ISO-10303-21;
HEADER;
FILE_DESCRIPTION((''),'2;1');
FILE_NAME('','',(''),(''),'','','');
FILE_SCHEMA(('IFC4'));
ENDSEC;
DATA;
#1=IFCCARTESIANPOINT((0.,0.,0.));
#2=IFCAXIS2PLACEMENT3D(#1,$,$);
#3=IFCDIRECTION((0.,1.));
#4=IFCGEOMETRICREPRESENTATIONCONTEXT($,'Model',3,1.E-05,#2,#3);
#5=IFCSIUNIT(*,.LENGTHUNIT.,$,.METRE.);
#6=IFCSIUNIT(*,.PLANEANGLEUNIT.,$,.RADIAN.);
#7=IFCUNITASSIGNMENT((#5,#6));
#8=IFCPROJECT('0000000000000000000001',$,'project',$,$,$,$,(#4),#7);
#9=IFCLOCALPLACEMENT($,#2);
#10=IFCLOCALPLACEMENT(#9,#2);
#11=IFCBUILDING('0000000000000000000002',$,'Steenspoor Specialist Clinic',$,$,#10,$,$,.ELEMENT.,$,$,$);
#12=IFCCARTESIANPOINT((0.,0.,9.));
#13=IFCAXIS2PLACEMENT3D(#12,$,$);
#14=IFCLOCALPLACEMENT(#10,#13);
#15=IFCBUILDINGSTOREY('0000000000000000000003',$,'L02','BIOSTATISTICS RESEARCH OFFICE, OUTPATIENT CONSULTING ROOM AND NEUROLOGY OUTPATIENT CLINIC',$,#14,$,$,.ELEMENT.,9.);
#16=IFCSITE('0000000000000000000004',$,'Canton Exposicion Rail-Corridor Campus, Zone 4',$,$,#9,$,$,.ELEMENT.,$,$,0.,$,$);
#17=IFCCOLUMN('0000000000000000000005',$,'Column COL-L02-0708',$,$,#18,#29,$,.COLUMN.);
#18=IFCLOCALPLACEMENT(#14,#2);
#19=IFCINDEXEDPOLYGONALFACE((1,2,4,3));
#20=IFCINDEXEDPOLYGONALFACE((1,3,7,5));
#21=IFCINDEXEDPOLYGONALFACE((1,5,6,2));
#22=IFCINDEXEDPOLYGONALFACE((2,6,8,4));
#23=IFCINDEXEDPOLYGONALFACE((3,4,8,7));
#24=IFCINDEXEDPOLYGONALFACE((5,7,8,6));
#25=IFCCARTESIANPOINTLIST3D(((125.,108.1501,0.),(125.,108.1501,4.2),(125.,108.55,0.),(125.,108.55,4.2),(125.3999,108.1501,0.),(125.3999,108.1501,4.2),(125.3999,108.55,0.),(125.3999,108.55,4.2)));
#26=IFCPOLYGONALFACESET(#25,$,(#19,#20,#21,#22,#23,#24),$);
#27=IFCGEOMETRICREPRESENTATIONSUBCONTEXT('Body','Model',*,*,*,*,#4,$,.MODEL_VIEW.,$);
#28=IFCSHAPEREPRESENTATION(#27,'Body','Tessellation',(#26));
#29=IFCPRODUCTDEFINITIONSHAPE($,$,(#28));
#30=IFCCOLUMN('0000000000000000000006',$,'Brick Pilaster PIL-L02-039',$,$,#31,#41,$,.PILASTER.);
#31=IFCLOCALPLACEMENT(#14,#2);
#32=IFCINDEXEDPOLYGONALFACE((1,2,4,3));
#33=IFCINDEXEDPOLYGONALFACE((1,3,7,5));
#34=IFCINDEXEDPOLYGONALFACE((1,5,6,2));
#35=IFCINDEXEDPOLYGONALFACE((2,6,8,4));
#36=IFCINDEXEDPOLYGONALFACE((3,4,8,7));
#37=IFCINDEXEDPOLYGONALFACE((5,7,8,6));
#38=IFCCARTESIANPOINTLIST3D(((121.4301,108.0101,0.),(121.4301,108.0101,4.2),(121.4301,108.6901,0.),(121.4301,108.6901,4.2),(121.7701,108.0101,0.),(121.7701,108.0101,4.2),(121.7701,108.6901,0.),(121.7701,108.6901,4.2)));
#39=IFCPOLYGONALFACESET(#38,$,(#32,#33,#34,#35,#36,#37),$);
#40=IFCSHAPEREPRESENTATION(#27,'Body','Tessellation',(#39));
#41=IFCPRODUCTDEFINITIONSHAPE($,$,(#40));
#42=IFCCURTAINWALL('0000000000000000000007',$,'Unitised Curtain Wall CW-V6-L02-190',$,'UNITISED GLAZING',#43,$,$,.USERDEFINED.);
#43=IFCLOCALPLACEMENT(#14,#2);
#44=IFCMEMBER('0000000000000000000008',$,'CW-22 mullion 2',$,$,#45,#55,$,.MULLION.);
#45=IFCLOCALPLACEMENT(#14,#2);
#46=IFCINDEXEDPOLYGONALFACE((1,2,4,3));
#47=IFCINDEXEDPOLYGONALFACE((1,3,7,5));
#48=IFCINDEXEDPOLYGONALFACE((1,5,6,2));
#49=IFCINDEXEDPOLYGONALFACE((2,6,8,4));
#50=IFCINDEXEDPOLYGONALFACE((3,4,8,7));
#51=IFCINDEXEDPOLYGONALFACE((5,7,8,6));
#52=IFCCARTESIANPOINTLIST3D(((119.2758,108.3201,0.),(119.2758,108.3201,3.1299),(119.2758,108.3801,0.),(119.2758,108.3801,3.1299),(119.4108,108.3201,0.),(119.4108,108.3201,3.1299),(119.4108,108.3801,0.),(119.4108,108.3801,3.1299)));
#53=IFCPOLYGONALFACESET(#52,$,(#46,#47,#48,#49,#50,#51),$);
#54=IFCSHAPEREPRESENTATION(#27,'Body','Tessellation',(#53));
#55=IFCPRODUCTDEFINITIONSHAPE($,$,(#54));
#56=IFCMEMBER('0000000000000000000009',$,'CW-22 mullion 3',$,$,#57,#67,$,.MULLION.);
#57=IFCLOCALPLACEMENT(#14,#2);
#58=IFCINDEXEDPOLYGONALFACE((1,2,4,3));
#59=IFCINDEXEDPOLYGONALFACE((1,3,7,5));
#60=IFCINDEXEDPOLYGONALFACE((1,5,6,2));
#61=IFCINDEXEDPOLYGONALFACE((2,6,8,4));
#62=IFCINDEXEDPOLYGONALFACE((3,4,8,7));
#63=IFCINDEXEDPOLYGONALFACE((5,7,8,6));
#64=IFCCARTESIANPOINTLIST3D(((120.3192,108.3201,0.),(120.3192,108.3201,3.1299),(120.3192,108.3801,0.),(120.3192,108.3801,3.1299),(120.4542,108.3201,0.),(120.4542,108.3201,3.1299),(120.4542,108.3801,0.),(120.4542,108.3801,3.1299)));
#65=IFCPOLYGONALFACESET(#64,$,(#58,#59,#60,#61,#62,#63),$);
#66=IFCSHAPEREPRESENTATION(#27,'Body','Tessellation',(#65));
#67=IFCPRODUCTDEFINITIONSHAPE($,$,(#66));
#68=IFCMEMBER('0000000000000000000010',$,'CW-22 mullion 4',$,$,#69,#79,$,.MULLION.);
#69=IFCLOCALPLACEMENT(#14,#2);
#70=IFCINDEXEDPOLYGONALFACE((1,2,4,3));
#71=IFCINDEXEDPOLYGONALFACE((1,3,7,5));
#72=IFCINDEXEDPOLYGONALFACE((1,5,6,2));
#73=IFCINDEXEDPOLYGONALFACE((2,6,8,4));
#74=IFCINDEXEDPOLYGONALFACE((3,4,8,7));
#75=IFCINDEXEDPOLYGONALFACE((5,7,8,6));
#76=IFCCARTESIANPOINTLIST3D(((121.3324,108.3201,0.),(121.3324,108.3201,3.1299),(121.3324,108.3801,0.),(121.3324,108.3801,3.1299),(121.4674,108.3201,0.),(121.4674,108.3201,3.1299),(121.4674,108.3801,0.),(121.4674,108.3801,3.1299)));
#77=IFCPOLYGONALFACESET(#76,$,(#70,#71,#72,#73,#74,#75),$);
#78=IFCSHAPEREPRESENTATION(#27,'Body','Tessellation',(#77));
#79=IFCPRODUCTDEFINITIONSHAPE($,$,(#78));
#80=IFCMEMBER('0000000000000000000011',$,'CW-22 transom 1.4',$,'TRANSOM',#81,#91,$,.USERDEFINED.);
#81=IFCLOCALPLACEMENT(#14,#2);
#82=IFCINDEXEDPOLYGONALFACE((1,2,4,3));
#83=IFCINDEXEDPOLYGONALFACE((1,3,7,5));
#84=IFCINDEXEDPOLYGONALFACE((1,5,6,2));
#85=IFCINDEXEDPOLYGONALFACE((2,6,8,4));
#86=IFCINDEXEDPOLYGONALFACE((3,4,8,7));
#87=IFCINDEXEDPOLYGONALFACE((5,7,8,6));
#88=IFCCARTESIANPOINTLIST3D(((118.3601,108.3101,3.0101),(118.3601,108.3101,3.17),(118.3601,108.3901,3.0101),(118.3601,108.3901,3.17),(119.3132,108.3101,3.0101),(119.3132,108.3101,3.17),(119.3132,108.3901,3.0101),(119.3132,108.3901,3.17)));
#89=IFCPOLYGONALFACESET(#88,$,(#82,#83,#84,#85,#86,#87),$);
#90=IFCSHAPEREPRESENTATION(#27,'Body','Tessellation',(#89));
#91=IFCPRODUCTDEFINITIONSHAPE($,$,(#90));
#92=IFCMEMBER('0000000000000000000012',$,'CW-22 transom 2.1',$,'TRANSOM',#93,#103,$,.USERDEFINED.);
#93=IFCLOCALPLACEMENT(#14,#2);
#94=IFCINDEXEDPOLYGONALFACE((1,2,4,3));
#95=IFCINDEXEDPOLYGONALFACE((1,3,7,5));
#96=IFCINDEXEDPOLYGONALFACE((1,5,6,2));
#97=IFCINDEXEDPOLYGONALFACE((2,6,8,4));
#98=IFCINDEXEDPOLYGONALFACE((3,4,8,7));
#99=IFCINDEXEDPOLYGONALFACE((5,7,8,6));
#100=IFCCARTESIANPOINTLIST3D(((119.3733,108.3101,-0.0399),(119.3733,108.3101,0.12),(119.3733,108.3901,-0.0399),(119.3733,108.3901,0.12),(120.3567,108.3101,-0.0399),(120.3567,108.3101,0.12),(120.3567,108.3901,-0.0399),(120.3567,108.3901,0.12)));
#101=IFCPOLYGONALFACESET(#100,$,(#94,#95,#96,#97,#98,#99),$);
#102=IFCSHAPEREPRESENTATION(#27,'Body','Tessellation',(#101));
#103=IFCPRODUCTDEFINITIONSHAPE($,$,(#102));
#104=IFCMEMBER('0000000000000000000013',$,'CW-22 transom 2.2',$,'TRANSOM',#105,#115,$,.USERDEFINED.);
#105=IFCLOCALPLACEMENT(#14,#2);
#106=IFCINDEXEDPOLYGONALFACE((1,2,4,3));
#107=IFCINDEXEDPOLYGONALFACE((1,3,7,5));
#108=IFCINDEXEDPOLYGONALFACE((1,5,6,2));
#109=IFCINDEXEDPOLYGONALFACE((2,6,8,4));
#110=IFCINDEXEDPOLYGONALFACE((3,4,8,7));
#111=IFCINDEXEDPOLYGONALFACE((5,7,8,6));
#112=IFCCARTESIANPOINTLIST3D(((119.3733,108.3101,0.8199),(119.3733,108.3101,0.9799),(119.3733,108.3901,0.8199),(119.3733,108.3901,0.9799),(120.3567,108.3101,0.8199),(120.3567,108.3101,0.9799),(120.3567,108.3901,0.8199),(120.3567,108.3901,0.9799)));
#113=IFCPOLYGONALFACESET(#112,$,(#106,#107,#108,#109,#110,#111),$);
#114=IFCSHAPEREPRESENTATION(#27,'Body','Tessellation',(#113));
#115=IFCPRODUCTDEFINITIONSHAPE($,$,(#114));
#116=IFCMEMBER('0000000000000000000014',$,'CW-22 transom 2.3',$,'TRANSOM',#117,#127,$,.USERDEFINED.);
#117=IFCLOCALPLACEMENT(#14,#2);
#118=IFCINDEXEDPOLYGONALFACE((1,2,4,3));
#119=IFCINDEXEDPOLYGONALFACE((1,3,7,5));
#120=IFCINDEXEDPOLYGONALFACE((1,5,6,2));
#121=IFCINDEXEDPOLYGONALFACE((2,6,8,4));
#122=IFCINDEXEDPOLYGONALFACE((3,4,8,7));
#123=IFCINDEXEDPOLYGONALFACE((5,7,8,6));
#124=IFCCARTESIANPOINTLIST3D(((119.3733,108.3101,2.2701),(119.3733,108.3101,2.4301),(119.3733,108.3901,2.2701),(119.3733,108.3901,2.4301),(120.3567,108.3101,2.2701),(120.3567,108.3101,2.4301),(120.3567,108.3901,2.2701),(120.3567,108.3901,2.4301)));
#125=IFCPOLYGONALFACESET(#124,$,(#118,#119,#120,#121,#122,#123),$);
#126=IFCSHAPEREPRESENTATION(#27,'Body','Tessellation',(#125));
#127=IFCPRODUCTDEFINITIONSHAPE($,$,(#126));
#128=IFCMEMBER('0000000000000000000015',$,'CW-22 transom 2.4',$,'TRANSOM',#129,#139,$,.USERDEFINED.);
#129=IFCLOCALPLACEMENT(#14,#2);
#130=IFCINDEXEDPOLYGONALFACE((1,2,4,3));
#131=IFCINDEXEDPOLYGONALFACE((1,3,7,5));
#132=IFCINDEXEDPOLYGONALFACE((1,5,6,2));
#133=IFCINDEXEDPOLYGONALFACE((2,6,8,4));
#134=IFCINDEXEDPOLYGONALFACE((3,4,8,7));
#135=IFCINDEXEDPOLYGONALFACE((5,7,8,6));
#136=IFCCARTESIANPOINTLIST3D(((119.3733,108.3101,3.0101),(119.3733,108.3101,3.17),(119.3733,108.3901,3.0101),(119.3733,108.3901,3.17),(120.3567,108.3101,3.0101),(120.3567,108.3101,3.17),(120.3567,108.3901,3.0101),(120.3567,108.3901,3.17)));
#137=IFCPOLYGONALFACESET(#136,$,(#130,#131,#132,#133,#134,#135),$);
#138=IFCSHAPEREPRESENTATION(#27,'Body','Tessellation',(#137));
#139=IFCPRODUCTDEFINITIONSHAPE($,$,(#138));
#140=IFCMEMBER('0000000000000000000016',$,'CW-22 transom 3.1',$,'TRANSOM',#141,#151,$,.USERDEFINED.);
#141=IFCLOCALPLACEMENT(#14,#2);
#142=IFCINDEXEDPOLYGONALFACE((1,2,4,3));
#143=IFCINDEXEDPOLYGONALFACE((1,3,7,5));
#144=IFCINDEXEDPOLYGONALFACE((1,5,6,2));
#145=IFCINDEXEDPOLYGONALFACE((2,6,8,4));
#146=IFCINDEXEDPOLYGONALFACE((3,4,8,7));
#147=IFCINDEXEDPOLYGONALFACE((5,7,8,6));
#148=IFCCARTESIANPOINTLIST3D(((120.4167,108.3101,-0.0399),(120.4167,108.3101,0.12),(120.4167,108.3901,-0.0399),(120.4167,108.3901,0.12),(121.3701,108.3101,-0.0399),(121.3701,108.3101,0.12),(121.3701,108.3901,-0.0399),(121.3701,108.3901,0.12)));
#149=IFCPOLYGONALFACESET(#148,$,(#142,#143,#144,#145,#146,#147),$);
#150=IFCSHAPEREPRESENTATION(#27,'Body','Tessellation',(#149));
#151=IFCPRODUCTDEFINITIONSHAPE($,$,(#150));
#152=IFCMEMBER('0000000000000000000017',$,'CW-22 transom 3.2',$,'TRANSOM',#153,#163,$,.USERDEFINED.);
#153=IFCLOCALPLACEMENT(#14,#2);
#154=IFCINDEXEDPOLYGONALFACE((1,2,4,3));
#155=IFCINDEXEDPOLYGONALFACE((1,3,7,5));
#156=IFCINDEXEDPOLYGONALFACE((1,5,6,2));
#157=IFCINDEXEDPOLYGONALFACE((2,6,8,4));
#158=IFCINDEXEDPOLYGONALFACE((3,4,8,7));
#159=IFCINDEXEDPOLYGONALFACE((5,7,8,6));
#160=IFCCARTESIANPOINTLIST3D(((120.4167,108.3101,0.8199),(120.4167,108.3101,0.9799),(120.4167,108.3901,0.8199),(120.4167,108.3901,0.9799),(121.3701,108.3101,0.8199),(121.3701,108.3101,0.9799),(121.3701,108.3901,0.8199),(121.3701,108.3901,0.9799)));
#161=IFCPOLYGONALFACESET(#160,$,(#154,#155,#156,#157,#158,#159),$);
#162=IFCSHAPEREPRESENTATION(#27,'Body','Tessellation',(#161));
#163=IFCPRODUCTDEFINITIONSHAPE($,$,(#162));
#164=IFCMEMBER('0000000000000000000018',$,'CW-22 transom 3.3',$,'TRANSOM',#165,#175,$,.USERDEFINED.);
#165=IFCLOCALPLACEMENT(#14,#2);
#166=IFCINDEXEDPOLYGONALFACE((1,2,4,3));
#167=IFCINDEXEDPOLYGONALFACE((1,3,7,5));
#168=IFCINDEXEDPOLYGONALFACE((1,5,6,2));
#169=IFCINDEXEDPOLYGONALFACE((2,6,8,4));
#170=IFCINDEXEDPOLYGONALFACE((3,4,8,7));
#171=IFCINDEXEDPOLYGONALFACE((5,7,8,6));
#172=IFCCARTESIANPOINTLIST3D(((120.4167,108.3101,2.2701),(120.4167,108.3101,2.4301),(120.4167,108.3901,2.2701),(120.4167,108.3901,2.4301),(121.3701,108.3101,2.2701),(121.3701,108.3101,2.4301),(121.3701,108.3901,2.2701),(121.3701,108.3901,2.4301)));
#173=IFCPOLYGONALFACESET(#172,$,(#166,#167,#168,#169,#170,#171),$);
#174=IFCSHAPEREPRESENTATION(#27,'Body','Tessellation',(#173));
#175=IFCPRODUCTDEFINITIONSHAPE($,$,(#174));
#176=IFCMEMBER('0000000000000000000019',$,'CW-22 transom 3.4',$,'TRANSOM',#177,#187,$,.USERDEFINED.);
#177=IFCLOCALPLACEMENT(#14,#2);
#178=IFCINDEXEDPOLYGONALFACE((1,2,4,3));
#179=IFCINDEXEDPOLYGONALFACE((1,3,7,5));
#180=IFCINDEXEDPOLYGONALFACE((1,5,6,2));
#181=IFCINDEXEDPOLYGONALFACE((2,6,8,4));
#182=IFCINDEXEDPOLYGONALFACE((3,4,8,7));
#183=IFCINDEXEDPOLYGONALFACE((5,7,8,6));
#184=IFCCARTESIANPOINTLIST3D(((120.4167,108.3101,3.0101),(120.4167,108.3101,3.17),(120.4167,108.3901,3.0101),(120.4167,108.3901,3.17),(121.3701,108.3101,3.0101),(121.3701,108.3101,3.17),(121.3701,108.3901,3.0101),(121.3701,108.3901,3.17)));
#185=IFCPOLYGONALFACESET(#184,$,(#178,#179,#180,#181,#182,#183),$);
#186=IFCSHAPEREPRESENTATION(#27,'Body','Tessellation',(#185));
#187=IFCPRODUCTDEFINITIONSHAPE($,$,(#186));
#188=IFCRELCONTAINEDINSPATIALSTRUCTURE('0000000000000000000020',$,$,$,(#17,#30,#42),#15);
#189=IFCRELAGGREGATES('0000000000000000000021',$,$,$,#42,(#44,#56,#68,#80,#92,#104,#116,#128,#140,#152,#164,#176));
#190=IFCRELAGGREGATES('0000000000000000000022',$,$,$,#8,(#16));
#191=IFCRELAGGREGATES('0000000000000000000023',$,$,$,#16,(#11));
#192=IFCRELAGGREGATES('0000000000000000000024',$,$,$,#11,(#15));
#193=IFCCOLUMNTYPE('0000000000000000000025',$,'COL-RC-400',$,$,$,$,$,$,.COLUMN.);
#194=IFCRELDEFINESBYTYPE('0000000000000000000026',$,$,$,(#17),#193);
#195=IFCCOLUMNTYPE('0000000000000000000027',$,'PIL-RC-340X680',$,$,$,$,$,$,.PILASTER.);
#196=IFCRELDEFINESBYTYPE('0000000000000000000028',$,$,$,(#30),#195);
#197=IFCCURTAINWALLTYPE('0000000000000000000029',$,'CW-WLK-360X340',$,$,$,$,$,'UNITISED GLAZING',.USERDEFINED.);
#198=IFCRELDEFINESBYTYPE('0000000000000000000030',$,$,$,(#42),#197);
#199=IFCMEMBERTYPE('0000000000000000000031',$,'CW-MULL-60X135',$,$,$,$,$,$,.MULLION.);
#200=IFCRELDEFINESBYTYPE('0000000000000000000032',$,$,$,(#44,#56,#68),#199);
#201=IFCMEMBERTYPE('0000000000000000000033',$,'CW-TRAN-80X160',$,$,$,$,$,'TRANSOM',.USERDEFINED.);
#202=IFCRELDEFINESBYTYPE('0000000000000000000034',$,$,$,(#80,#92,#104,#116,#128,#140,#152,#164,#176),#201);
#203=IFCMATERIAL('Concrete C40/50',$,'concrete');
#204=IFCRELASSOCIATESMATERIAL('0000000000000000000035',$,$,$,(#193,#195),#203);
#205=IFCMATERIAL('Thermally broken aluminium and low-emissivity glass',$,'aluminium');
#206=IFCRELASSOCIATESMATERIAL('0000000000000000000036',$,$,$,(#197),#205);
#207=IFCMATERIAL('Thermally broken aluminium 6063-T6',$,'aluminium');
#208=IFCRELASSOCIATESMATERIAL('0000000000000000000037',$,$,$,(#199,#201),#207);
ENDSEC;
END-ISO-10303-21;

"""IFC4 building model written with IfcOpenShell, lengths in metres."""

from ifc_helpers import new_model, si_unit, direction, frame, origin, origin_2d, place, context, subcontext, project, spatial, rectangle, extrude, material, material_profile, profile_set, type_object, element, aggregate, save


model = new_model("IFC4")

# Units and contexts
model_context = context("Model", 3, precision=1e-05, world=origin(), true_north=direction((0.0, 1.0)))
body_context = subcontext(model_context, "Body", "Model", "MODEL_VIEW")
ifc_project = project(units=[si_unit("LENGTHUNIT", "METRE"), si_unit("PLANEANGLEUNIT", "RADIAN")], contexts=[model_context])

# Site, building, storey
site_placement = place(None, origin())
site = spatial("IfcSite", under=ifc_project, at=site_placement, Name="Canton Exposicion Rail-Corridor Campus, Zone 4", CompositionType="ELEMENT", RefElevation=0.0)
building_placement = place(site_placement, origin())
building = spatial("IfcBuilding", under=site, at=building_placement, Name="Steenspoor Specialist Clinic", CompositionType="ELEMENT")
storey_placement = place(building_placement, frame((0.0, 0.0, 9.0)))
storey = spatial("IfcBuildingStorey", under=building, at=storey_placement, Name="L02", Description="BIOSTATISTICS RESEARCH OFFICE, OUTPATIENT CONSULTING ROOM AND NEUROLOGY OUTPATIENT CLINIC", CompositionType="ELEMENT", Elevation=9.0)

# Columns
ifc_material_1 = material(Name="Concrete C40/50", Category="concrete")
ifc_material_profile_1 = material_profile(ifc_material_1, rectangle(XDim=0.3999, YDim=0.3999, at=origin_2d()), Name="RC-COL-400X400")
ifc_profile_set_1 = profile_set([ifc_material_profile_1], Name="Concrete C40/50")
column_type_1 = type_object("IfcColumnType", Name="COL-RC-400", PredefinedType="COLUMN", material=ifc_profile_set_1)
column_1_placement = place(storey_placement, frame((125.2, 108.3501, 0.0), z_axis=(0.0, 0.0, 1.0), x_axis=(1.0, 0.0, 0.0)))
element("IfcColumn", 1, at=column_1_placement, inside=storey, type_object=column_type_1, Name="Column COL-L02-0708", PredefinedType="COLUMN", context=body_context, shape_type="SweptSolid", body=[
    extrude(rectangle(XDim=0.3999, YDim=0.3999, at=origin_2d()), origin(), (0.0, 0.0, 1.0), 4.2),
])
ifc_material_profile_2 = material_profile(ifc_material_1, rectangle(XDim=0.3401, YDim=0.6799, at=origin_2d()), Name="RC-PIL-340X680")
ifc_profile_set_2 = profile_set([ifc_material_profile_2], Name="Concrete C40/50")
column_type_2 = type_object("IfcColumnType", Name="PIL-RC-340X680", PredefinedType="PILASTER", material=ifc_profile_set_2)
column_2_placement = place(storey_placement, frame((121.6001, 108.3501, 0.0), z_axis=(0.0, 0.0, 1.0), x_axis=(1.0, 0.0, 0.0)))
element("IfcColumn", 2, at=column_2_placement, inside=storey, type_object=column_type_2, Name="Brick Pilaster PIL-L02-039", PredefinedType="PILASTER", context=body_context, shape_type="SweptSolid", body=[
    extrude(rectangle(XDim=0.3401, YDim=0.6799, at=origin_2d()), origin(), (0.0, 0.0, 1.0), 4.2),
])

# Curtain wall, members
ifc_material_2 = material(Name="Thermally broken aluminium and low-emissivity glass", Category="aluminium")
curtain_wall_type = type_object("IfcCurtainWallType", Name="CW-WLK-360X340", ElementType="UNITISED GLAZING", PredefinedType="USERDEFINED", material=ifc_material_2)
curtain_wall_placement = place(storey_placement, origin())
curtain_wall = element("IfcCurtainWall", 3, at=curtain_wall_placement, inside=storey, type_object=curtain_wall_type, Name="Unitised Curtain Wall CW-V6-L02-190", ObjectType="UNITISED GLAZING", PredefinedType="USERDEFINED")
ifc_material_3 = material(Name="Thermally broken aluminium 6063-T6", Category="aluminium")
ifc_material_profile_3 = material_profile(ifc_material_3, rectangle(XDim=0.0601, YDim=0.135, at=origin_2d()), Name="CWM-60X135")
ifc_profile_set_3 = profile_set([ifc_material_profile_3], Name="Thermally broken aluminium 6063-T6")
member_type_1 = type_object("IfcMemberType", Name="CW-MULL-60X135", PredefinedType="MULLION", material=ifc_profile_set_3)
member_1_placement = place(storey_placement, frame((119.3433, 108.3501, 0.0), z_axis=(0.0, 0.0, 1.0), x_axis=(0.0, 1.0, 0.0)))
member_1 = element("IfcMember", 4, at=member_1_placement, type_object=member_type_1, Name="CW-22 mullion 2", PredefinedType="MULLION", context=body_context, shape_type="SweptSolid", body=[
    extrude(rectangle(XDim=0.0601, YDim=0.135, at=origin_2d()), origin(), (0.0, 0.0, 1.0), 3.1299),
])
member_2_placement = place(storey_placement, frame((120.3867, 108.3501, 0.0), z_axis=(0.0, 0.0, 1.0), x_axis=(0.0, 1.0, 0.0)))
member_2 = element("IfcMember", 5, at=member_2_placement, type_object=member_type_1, Name="CW-22 mullion 3", PredefinedType="MULLION", context=body_context, shape_type="SweptSolid", body=[
    extrude(rectangle(XDim=0.0601, YDim=0.135, at=origin_2d()), origin(), (0.0, 0.0, 1.0), 3.1299),
])
member_3_placement = place(storey_placement, frame((121.3999, 108.3501, 0.0), z_axis=(0.0, 0.0, 1.0), x_axis=(0.0, 1.0, 0.0)))
member_3 = element("IfcMember", 6, at=member_3_placement, type_object=member_type_1, Name="CW-22 mullion 4", PredefinedType="MULLION", context=body_context, shape_type="SweptSolid", body=[
    extrude(rectangle(XDim=0.0601, YDim=0.135, at=origin_2d()), origin(), (0.0, 0.0, 1.0), 3.1299),
])
ifc_material_profile_4 = material_profile(ifc_material_3, rectangle(XDim=0.0801, YDim=0.1599, at=origin_2d()), Name="CWT-80X160")
ifc_profile_set_4 = profile_set([ifc_material_profile_4], Name="Thermally broken aluminium 6063-T6")
member_type_2 = type_object("IfcMemberType", Name="CW-TRAN-80X160", ElementType="TRANSOM", PredefinedType="USERDEFINED", material=ifc_profile_set_4)
member_4_placement = place(storey_placement, frame((118.3601, 108.3501, 3.0901), z_axis=(1.0, 0.0, 0.0), x_axis=(0.0, 1.0, 0.0)))
member_4 = element("IfcMember", 7, at=member_4_placement, type_object=member_type_2, Name="CW-22 transom 1.4", ObjectType="TRANSOM", PredefinedType="USERDEFINED", context=body_context, shape_type="SweptSolid", body=[
    extrude(rectangle(XDim=0.0801, YDim=0.1599, at=origin_2d()), origin(), (0.0, 0.0, 1.0), 0.9531),
])
member_5_placement = place(storey_placement, frame((119.3733, 108.3501, 0.04), z_axis=(1.0, 0.0, 0.0), x_axis=(0.0, 1.0, 0.0)))
member_5 = element("IfcMember", 8, at=member_5_placement, type_object=member_type_2, Name="CW-22 transom 2.1", ObjectType="TRANSOM", PredefinedType="USERDEFINED", context=body_context, shape_type="SweptSolid", body=[
    extrude(rectangle(XDim=0.0801, YDim=0.1599, at=origin_2d()), origin(), (0.0, 0.0, 1.0), 0.9834),
])
member_6_placement = place(storey_placement, frame((119.3733, 108.3501, 0.8999), z_axis=(1.0, 0.0, 0.0), x_axis=(0.0, 1.0, 0.0)))
member_6 = element("IfcMember", 9, at=member_6_placement, type_object=member_type_2, Name="CW-22 transom 2.2", ObjectType="TRANSOM", PredefinedType="USERDEFINED", context=body_context, shape_type="SweptSolid", body=[
    extrude(rectangle(XDim=0.0801, YDim=0.1599, at=origin_2d()), origin(), (0.0, 0.0, 1.0), 0.9834),
])
member_7_placement = place(storey_placement, frame((119.3733, 108.3501, 2.3501), z_axis=(1.0, 0.0, 0.0), x_axis=(0.0, 1.0, 0.0)))
member_7 = element("IfcMember", 10, at=member_7_placement, type_object=member_type_2, Name="CW-22 transom 2.3", ObjectType="TRANSOM", PredefinedType="USERDEFINED", context=body_context, shape_type="SweptSolid", body=[
    extrude(rectangle(XDim=0.0801, YDim=0.1599, at=origin_2d()), origin(), (0.0, 0.0, 1.0), 0.9834),
])
member_8_placement = place(storey_placement, frame((119.3733, 108.3501, 3.0901), z_axis=(1.0, 0.0, 0.0), x_axis=(0.0, 1.0, 0.0)))
member_8 = element("IfcMember", 11, at=member_8_placement, type_object=member_type_2, Name="CW-22 transom 2.4", ObjectType="TRANSOM", PredefinedType="USERDEFINED", context=body_context, shape_type="SweptSolid", body=[
    extrude(rectangle(XDim=0.0801, YDim=0.1599, at=origin_2d()), origin(), (0.0, 0.0, 1.0), 0.9834),
])
member_9_placement = place(storey_placement, frame((120.4167, 108.3501, 0.04), z_axis=(1.0, 0.0, 0.0), x_axis=(0.0, 1.0, 0.0)))
member_9 = element("IfcMember", 12, at=member_9_placement, type_object=member_type_2, Name="CW-22 transom 3.1", ObjectType="TRANSOM", PredefinedType="USERDEFINED", context=body_context, shape_type="SweptSolid", body=[
    extrude(rectangle(XDim=0.0801, YDim=0.1599, at=origin_2d()), origin(), (0.0, 0.0, 1.0), 0.9534),
])
member_10_placement = place(storey_placement, frame((120.4167, 108.3501, 0.8999), z_axis=(1.0, 0.0, 0.0), x_axis=(0.0, 1.0, 0.0)))
member_10 = element("IfcMember", 13, at=member_10_placement, type_object=member_type_2, Name="CW-22 transom 3.2", ObjectType="TRANSOM", PredefinedType="USERDEFINED", context=body_context, shape_type="SweptSolid", body=[
    extrude(rectangle(XDim=0.0801, YDim=0.1599, at=origin_2d()), origin(), (0.0, 0.0, 1.0), 0.9534),
])
member_11_placement = place(storey_placement, frame((120.4167, 108.3501, 2.3501), z_axis=(1.0, 0.0, 0.0), x_axis=(0.0, 1.0, 0.0)))
member_11 = element("IfcMember", 14, at=member_11_placement, type_object=member_type_2, Name="CW-22 transom 3.3", ObjectType="TRANSOM", PredefinedType="USERDEFINED", context=body_context, shape_type="SweptSolid", body=[
    extrude(rectangle(XDim=0.0801, YDim=0.1599, at=origin_2d()), origin(), (0.0, 0.0, 1.0), 0.9534),
])
member_12_placement = place(storey_placement, frame((120.4167, 108.3501, 3.0901), z_axis=(1.0, 0.0, 0.0), x_axis=(0.0, 1.0, 0.0)))
member_12 = element("IfcMember", 15, at=member_12_placement, type_object=member_type_2, Name="CW-22 transom 3.4", ObjectType="TRANSOM", PredefinedType="USERDEFINED", context=body_context, shape_type="SweptSolid", body=[
    extrude(rectangle(XDim=0.0801, YDim=0.1599, at=origin_2d()), origin(), (0.0, 0.0, 1.0), 0.9534),
])

aggregate(curtain_wall, [member_1, member_2, member_3, member_4, member_5, member_6, member_7, member_8, member_9, member_10, member_11, member_12])

save(model, "model.ifc")
